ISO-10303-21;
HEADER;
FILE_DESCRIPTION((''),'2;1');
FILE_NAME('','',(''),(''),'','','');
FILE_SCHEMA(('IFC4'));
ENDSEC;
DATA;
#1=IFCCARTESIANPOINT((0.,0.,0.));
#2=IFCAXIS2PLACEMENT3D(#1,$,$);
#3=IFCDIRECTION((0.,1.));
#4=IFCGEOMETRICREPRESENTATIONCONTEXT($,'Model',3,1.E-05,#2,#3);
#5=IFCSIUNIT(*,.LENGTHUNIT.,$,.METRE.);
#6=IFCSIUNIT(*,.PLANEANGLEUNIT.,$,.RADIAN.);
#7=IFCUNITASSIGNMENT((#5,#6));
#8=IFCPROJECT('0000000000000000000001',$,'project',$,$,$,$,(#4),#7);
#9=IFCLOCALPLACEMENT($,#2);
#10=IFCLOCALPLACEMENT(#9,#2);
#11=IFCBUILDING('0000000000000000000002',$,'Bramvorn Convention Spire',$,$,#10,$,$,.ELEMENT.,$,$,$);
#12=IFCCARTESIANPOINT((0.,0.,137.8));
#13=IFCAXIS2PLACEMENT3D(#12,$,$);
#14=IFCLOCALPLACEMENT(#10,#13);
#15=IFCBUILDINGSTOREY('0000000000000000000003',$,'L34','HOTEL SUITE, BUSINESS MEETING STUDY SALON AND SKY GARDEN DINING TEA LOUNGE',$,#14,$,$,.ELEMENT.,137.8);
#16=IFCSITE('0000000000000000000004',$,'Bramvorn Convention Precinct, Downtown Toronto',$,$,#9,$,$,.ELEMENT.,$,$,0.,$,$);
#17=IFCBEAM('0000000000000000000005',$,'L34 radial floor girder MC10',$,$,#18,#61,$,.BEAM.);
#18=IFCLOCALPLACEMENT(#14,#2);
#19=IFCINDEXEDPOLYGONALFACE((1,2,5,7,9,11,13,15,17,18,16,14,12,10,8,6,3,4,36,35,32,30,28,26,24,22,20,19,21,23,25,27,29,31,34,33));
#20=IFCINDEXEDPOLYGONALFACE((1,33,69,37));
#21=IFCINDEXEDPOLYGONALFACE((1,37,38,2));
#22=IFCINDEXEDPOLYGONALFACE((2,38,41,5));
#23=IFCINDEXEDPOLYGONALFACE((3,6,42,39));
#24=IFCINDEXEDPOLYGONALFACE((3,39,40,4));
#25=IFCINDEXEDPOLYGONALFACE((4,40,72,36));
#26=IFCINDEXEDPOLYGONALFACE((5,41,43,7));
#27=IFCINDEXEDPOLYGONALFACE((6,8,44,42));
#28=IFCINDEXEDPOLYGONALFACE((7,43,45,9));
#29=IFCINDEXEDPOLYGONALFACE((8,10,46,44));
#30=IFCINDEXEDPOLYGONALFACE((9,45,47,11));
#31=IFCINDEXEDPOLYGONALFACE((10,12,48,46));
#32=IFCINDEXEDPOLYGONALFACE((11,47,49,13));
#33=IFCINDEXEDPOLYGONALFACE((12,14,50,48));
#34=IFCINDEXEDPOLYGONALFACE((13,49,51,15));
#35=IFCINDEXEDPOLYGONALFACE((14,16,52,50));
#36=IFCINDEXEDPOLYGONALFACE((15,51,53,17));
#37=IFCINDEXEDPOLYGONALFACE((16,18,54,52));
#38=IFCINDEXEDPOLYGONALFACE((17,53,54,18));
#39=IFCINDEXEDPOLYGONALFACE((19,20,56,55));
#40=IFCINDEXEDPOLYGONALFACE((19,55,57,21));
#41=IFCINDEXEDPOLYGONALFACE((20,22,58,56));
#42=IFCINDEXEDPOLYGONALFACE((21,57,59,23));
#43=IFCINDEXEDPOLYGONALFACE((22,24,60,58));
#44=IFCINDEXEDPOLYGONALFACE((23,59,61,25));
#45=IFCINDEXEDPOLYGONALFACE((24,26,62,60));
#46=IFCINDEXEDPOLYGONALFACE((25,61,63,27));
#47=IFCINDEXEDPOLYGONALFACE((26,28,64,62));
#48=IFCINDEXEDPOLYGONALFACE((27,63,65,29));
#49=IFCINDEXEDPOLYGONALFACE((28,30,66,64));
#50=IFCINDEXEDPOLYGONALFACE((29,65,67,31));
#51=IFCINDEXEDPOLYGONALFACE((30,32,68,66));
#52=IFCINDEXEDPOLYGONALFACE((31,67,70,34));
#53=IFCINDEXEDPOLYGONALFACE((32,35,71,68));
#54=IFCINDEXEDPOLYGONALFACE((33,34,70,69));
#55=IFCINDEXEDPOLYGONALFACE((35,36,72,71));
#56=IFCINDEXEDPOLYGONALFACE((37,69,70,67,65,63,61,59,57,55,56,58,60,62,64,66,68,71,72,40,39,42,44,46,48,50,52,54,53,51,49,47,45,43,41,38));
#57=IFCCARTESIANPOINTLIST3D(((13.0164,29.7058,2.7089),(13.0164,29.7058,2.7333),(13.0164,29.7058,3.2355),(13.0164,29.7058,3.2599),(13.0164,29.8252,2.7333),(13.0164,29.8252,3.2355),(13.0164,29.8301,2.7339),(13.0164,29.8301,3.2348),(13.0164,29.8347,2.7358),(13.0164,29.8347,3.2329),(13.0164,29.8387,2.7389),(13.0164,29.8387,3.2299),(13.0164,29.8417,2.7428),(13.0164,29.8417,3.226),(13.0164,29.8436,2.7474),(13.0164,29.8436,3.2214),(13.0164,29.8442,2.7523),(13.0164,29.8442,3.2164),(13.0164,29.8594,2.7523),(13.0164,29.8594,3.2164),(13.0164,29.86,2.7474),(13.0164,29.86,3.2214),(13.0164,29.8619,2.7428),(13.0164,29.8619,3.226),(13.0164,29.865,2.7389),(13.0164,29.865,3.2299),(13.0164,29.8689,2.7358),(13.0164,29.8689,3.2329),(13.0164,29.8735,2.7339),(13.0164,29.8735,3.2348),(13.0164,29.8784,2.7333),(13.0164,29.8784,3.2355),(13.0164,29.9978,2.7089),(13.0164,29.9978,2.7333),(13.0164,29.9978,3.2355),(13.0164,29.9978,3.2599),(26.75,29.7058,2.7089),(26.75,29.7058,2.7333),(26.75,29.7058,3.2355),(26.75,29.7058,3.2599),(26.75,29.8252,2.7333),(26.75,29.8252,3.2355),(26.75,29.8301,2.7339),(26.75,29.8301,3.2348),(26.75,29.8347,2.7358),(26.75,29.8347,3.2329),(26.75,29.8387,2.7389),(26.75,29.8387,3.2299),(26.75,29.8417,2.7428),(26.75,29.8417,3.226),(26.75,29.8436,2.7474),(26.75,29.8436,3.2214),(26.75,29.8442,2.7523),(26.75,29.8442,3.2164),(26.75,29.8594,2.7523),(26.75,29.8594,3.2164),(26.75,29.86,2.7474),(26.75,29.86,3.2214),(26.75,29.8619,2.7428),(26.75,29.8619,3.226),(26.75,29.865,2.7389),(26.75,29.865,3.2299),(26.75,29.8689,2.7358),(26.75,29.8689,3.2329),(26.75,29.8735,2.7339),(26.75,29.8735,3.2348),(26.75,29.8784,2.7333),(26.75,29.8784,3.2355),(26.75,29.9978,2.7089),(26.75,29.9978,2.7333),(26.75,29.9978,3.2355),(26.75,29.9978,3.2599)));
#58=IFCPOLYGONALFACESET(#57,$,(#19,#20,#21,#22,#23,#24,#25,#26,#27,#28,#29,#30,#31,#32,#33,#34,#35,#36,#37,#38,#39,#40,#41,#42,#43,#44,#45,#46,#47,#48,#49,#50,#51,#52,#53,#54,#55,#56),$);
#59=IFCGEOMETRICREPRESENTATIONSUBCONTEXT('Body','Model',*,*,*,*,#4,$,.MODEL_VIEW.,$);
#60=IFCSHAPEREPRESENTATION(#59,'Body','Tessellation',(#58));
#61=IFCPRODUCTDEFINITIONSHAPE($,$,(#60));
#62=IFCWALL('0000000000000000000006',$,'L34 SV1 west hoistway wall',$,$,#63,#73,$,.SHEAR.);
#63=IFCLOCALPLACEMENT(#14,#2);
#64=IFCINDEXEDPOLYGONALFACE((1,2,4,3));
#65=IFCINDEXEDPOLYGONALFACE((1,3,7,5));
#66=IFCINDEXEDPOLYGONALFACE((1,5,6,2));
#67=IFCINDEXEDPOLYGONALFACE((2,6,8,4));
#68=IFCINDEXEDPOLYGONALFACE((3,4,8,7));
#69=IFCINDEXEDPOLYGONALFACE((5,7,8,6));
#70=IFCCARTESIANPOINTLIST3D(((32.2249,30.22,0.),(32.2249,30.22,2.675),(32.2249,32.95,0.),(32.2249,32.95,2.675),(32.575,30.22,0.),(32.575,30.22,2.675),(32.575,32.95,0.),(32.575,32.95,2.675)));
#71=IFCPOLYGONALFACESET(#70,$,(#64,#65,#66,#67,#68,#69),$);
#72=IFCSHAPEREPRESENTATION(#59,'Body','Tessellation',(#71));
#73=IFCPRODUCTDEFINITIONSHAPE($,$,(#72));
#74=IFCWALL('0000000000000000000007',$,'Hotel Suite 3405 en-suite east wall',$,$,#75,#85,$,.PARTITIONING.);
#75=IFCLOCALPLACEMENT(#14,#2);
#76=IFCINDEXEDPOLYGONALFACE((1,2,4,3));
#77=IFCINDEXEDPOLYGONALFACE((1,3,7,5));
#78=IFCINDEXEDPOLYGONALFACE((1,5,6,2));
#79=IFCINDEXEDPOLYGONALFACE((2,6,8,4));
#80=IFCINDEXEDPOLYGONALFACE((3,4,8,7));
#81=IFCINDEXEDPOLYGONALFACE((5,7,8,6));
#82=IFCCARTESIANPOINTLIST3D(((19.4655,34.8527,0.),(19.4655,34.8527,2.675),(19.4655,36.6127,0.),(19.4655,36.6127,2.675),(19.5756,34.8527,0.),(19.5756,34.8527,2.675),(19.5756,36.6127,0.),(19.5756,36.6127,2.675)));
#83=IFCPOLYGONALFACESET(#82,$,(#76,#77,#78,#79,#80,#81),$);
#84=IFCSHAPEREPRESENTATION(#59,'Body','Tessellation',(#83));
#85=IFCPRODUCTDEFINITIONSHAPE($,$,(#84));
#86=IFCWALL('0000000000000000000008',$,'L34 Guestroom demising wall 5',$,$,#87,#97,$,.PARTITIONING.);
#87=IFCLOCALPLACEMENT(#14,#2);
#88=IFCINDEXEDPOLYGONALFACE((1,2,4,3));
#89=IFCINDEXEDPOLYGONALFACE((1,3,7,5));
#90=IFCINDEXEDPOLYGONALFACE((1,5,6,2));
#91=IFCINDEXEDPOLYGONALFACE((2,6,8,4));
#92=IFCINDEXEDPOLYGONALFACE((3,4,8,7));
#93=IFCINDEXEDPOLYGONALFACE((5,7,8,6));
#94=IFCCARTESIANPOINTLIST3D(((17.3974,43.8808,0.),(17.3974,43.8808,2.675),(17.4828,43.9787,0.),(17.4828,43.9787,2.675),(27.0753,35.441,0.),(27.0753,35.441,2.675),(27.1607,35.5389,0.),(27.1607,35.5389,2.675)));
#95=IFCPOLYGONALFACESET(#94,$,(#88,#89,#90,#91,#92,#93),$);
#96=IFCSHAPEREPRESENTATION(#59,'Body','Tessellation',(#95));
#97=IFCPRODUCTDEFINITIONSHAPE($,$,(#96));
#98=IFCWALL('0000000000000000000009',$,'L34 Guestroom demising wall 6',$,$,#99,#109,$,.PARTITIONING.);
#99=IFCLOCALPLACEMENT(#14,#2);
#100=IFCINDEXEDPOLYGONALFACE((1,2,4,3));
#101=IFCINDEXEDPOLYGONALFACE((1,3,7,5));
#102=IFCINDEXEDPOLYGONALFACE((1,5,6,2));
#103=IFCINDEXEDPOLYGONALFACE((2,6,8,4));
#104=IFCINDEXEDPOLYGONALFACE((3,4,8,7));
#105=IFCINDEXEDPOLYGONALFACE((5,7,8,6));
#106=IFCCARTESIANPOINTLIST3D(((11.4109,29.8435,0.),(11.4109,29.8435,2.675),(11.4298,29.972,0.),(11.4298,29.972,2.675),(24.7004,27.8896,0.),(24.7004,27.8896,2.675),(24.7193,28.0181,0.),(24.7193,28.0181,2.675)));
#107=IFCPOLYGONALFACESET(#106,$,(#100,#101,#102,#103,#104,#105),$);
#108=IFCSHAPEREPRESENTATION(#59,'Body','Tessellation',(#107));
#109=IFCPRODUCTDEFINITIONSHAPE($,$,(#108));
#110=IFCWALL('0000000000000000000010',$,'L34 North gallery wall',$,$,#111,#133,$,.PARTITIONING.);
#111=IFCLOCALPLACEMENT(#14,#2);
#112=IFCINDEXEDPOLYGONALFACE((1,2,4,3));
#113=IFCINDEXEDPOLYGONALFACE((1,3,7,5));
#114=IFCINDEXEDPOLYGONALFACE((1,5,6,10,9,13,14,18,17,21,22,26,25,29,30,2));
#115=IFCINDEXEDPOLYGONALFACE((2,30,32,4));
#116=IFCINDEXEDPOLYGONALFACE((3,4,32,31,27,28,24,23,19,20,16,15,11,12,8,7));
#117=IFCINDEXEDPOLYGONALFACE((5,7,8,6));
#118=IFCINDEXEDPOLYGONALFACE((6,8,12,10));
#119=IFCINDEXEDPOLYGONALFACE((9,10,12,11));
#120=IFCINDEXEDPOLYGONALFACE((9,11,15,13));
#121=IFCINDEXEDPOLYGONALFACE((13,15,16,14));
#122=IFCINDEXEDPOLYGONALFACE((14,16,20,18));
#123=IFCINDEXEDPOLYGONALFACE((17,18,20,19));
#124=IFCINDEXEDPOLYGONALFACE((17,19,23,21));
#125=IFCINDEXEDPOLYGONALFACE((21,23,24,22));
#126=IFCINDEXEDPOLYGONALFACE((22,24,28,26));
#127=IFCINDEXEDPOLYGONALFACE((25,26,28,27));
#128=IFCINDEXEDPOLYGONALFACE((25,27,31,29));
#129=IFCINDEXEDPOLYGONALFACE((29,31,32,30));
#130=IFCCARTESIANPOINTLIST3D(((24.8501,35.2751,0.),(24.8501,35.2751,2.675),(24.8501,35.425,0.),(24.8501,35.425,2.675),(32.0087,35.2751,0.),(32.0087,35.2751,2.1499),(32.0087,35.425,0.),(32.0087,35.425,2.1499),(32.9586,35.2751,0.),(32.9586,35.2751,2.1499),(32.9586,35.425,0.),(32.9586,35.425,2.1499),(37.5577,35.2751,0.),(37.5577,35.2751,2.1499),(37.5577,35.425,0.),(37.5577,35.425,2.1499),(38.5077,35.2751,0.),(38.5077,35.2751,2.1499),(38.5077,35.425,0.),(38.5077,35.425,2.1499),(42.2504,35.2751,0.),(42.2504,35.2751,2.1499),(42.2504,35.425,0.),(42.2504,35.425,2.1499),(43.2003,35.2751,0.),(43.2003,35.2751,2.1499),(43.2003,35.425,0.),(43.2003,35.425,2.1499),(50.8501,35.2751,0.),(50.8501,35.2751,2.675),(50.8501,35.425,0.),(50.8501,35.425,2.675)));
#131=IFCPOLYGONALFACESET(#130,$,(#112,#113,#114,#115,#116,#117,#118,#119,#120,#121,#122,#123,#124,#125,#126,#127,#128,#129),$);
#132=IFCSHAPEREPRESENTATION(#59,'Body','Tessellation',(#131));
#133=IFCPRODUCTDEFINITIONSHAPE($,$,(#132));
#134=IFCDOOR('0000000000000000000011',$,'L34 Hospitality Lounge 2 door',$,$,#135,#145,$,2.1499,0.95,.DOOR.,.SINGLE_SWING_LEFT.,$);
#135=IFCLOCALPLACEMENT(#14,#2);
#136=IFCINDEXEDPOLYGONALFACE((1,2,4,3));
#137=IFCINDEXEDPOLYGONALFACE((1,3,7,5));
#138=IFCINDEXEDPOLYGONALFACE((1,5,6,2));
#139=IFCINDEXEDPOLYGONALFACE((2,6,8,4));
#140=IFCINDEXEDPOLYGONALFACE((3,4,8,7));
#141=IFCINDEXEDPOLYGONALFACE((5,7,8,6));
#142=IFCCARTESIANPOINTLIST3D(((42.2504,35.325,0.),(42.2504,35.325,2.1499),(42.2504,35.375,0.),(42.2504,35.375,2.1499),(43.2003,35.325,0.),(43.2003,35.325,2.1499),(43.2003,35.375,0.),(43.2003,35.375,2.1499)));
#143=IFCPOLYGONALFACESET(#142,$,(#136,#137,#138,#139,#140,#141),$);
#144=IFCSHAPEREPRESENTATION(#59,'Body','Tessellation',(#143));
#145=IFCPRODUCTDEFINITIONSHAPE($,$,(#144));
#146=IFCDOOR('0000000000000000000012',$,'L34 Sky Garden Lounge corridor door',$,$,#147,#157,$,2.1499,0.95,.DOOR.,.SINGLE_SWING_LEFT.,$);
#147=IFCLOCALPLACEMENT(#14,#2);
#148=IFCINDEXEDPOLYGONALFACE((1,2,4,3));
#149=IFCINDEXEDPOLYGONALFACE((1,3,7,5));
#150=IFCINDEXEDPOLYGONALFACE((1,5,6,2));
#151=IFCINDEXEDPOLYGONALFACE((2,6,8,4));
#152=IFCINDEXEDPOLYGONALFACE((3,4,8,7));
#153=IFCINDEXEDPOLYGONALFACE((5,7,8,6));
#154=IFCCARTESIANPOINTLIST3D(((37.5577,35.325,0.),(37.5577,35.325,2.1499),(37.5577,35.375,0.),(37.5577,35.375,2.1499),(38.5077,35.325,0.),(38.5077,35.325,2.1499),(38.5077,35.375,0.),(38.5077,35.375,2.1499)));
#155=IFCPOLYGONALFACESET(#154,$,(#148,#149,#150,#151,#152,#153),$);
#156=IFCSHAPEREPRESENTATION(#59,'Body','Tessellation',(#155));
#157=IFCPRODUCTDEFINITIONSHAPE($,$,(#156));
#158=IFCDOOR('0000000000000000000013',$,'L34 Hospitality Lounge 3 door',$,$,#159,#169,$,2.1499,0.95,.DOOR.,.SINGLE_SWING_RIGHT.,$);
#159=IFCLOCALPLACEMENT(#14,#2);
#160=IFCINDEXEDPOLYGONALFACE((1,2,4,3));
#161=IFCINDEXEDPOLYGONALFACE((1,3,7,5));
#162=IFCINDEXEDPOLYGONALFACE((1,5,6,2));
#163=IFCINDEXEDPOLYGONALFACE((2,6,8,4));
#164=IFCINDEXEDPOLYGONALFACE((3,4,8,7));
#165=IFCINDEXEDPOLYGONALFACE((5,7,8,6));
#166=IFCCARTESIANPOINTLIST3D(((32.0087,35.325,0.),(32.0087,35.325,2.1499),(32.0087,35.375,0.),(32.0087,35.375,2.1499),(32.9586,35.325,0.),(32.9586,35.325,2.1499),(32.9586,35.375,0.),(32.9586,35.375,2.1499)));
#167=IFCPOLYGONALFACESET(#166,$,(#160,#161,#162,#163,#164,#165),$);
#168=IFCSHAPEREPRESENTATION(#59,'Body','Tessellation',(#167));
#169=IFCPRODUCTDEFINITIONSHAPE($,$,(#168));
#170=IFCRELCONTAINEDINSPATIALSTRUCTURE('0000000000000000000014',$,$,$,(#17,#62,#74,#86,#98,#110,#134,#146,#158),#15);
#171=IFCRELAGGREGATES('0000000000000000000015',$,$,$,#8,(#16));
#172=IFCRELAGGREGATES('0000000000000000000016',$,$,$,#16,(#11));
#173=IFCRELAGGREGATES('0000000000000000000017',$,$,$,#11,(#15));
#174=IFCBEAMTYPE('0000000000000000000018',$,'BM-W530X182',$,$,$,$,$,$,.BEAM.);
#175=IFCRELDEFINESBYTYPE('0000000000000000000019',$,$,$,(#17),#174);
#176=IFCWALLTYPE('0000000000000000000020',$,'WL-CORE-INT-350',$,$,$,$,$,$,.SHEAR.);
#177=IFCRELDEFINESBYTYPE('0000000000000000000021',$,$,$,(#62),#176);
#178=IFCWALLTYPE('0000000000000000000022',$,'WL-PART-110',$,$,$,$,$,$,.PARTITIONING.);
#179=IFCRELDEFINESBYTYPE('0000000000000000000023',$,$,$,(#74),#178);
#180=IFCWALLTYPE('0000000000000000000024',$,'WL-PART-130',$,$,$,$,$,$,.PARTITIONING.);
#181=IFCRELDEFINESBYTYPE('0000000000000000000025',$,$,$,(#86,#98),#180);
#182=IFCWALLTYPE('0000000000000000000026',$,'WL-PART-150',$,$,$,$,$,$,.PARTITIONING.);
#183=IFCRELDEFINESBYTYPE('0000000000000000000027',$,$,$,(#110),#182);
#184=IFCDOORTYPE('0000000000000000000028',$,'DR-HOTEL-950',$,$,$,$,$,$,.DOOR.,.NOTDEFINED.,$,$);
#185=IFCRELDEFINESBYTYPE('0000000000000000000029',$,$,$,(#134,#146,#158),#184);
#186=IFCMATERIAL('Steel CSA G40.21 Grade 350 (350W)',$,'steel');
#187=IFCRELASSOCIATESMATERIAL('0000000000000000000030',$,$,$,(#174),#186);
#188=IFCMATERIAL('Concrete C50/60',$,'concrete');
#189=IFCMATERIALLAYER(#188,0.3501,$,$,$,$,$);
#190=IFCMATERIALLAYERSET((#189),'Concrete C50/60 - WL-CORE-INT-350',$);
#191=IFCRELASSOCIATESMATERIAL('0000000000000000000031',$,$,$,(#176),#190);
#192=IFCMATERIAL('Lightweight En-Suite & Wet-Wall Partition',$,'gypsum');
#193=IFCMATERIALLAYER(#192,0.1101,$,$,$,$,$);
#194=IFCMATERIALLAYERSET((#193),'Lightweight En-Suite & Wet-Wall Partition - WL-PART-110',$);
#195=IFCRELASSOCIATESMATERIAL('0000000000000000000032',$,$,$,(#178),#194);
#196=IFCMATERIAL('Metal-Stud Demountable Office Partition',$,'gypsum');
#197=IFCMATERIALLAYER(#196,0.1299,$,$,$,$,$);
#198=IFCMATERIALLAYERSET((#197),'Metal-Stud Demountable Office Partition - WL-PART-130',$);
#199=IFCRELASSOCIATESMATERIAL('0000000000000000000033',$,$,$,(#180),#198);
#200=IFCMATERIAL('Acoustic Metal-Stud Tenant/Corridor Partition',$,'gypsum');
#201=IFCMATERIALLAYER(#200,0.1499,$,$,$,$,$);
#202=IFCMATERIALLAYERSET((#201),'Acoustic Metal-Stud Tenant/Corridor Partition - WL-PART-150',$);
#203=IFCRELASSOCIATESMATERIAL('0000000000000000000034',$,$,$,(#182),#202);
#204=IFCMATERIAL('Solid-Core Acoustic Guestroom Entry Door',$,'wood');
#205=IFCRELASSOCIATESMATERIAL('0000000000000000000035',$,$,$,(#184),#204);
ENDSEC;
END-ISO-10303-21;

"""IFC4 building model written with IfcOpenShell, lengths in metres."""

from ifc_helpers import new_model, si_unit, direction, frame, frame_2d, origin, origin_2d, place, context, subcontext, project, spatial, rectangle, i_section, extrude, material, layer, layer_set, material_profile, profile_set, type_object, element, fill, save


model = new_model("IFC4")

# Units and contexts
model_context = context("Model", 3, precision=1e-05, world=origin(), true_north=direction((0.0, 1.0)))
body_context = subcontext(model_context, "Body", "Model", "MODEL_VIEW")
ifc_project = project(units=[si_unit("LENGTHUNIT", "METRE"), si_unit("PLANEANGLEUNIT", "RADIAN")], contexts=[model_context])

# Site, building, storey
site_placement = place(None, origin())
site = spatial("IfcSite", under=ifc_project, at=site_placement, Name="Bramvorn Convention Precinct, Downtown Toronto", CompositionType="ELEMENT", RefElevation=0.0)
building_placement = place(site_placement, origin())
building = spatial("IfcBuilding", under=site, at=building_placement, Name="Bramvorn Convention Spire", CompositionType="ELEMENT")
storey_placement = place(building_placement, frame((0.0, 0.0, 137.8)))
storey = spatial("IfcBuildingStorey", under=building, at=storey_placement, Name="L34", Description="HOTEL SUITE, BUSINESS MEETING STUDY SALON AND SKY GARDEN DINING TEA LOUNGE", CompositionType="ELEMENT", Elevation=137.8)

# Shared definitions
ifc_material_1 = material(Name="Steel CSA G40.21 Grade 350 (350W)", Category="steel")

# Beam
ifc_material_profile_1 = material_profile(ifc_material_1, i_section(OverallWidth=0.292, OverallDepth=0.551, WebThickness=0.0151, FlangeThickness=0.0244, FilletRadius=0.019, at=origin_2d()))
ifc_profile_set_1 = profile_set([ifc_material_profile_1], Name="Steel CSA G40.21 Grade 350 (350W) - W530X182")
beam_type_1 = type_object("IfcBeamType", Name="BM-W530X182", PredefinedType="BEAM", material=ifc_profile_set_1)
beam_1_placement = place(storey_placement, frame((26.75, 29.8518, 2.9844), z_axis=(-1.0, 0.0, 0.0), x_axis=(0.0, -1.0, 0.0)))
element("IfcBeam", 1, at=beam_1_placement, inside=storey, type_object=beam_type_1, Name="L34 radial floor girder MC10", PredefinedType="BEAM", context=body_context, shape_type="SweptSolid", body=[
    extrude(i_section(OverallWidth=0.292, OverallDepth=0.551, WebThickness=0.0151, FlangeThickness=0.0244, FilletRadius=0.019, at=origin_2d()), origin(), (0.0, 0.0, 1.0), 13.7336),
])

# Shared definitions
ifc_material_2 = material(Name="Concrete C50/60", Category="concrete")
ifc_layer_1 = layer(ifc_material_2, 0.3501)
ifc_layer_set_1 = layer_set([ifc_layer_1], Name="Concrete C50/60 - WL-CORE-INT-350")
wall_type_1 = type_object("IfcWallType", Name="WL-CORE-INT-350", PredefinedType="SHEAR", material=ifc_layer_set_1)

# Walls
wall_1_placement = place(storey_placement, frame((32.3999, 30.22, 0.0), z_axis=(0.0, 0.0, 1.0), x_axis=(0.0, 1.0, 0.0)))
element("IfcWall", 2, at=wall_1_placement, inside=storey, type_object=wall_type_1, Name="L34 SV1 west hoistway wall", PredefinedType="SHEAR", context=body_context, shape_type="SweptSolid", body=[
    extrude(rectangle(XDim=2.73, YDim=0.3501, at=frame_2d((1.365, 0.0))), origin(), (0.0, 0.0, 1.0), 2.675),
])
ifc_material_3 = material(Name="Lightweight En-Suite & Wet-Wall Partition", Category="gypsum")
ifc_layer_2 = layer(ifc_material_3, 0.1101)
ifc_layer_set_2 = layer_set([ifc_layer_2], Name="Lightweight En-Suite & Wet-Wall Partition - WL-PART-110")
wall_type_2 = type_object("IfcWallType", Name="WL-PART-110", PredefinedType="PARTITIONING", material=ifc_layer_set_2)
wall_2_placement = place(storey_placement, frame((19.5205, 34.8528, 0.0), z_axis=(0.0, 0.0, 1.0), x_axis=(0.0, 1.0, 0.0)))
element("IfcWall", 3, at=wall_2_placement, inside=storey, type_object=wall_type_2, Name="Hotel Suite 3405 en-suite east wall", PredefinedType="PARTITIONING", context=body_context, shape_type="SweptSolid", body=[
    extrude(rectangle(XDim=1.76, YDim=0.1101, at=frame_2d((0.8799, 0.0))), origin(), (0.0, 0.0, 1.0), 2.675),
])
ifc_material_4 = material(Name="Metal-Stud Demountable Office Partition", Category="gypsum")
ifc_layer_3 = layer(ifc_material_4, 0.1299)
ifc_layer_set_3 = layer_set([ifc_layer_3], Name="Metal-Stud Demountable Office Partition - WL-PART-130")
wall_type_3 = type_object("IfcWallType", Name="WL-PART-130", PredefinedType="PARTITIONING", material=ifc_layer_set_3)
wall_3_placement = place(storey_placement, frame((27.1179, 35.49, 0.0), z_axis=(0.0, 0.0, 1.0), x_axis=(-0.753667, 0.657256, 0.0)))
element("IfcWall", 4, at=wall_3_placement, inside=storey, type_object=wall_type_3, Name="L34 Guestroom demising wall 5", PredefinedType="PARTITIONING", context=body_context, shape_type="SweptSolid", body=[
    extrude(rectangle(XDim=12.8411, YDim=0.1299, at=frame_2d((6.4204, 0.0))), origin(), (0.0, 0.0, 1.0), 2.675),
])
wall_4_placement = place(storey_placement, frame((24.71, 27.9539, 0.0), z_axis=(0.0, 0.0, 1.0), x_axis=(-0.989364, 0.145458, 0.0)))
element("IfcWall", 5, at=wall_4_placement, inside=storey, type_object=wall_type_3, Name="L34 Guestroom demising wall 6", PredefinedType="PARTITIONING", context=body_context, shape_type="SweptSolid", body=[
    extrude(rectangle(XDim=13.4324, YDim=0.1299, at=frame_2d((6.7163, 0.0))), origin(), (0.0, 0.0, 1.0), 2.675),
])

# Wall, openings, doors
ifc_material_5 = material(Name="Acoustic Metal-Stud Tenant/Corridor Partition", Category="gypsum")
ifc_layer_4 = layer(ifc_material_5, 0.1499)
ifc_layer_set_4 = layer_set([ifc_layer_4], Name="Acoustic Metal-Stud Tenant/Corridor Partition - WL-PART-150")
wall_type_4 = type_object("IfcWallType", Name="WL-PART-150", PredefinedType="PARTITIONING", material=ifc_layer_set_4)
wall_5_placement = place(storey_placement, frame((24.8501, 35.3501, 0.0), z_axis=(0.0, 0.0, 1.0), x_axis=(1.0, 0.0, 0.0)))
wall_5 = element("IfcWall", 6, at=wall_5_placement, inside=storey, type_object=wall_type_4, Name="L34 North gallery wall", PredefinedType="PARTITIONING", context=body_context, shape_type="SweptSolid", body=[
    extrude(rectangle(XDim=26.0, YDim=0.1499, at=frame_2d((13.0, 0.0))), origin(), (0.0, 0.0, 1.0), 2.675),
])
opening_1_placement = place(wall_5_placement, frame((17.4001, 0.0, 0.0)))
opening_1 = element("IfcOpeningElement", 7, at=opening_1_placement, cuts=wall_5, PredefinedType="OPENING", context=body_context, shape_type="SweptSolid", body=[
    extrude(rectangle(XDim=0.95, YDim=2.1499, at=frame_2d((0.4751, 1.075))), frame((0.0, 0.085, 0.0), z_axis=(0.0, -1.0, 0.0), x_axis=(1.0, 0.0, 0.0)), (0.0, 0.0, 1.0), 0.1699),
])
opening_2_placement = place(wall_5_placement, frame((12.7075, 0.0, 0.0)))
opening_2 = element("IfcOpeningElement", 8, at=opening_2_placement, cuts=wall_5, PredefinedType="OPENING", context=body_context, shape_type="SweptSolid", body=[
    extrude(rectangle(XDim=0.95, YDim=2.1499, at=frame_2d((0.4751, 1.075))), frame((0.0, 0.085, 0.0), z_axis=(0.0, -1.0, 0.0), x_axis=(1.0, 0.0, 0.0)), (0.0, 0.0, 1.0), 0.1699),
])
opening_3_placement = place(wall_5_placement, frame((7.1584, 0.0, 0.0)))
opening_3 = element("IfcOpeningElement", 9, at=opening_3_placement, cuts=wall_5, PredefinedType="OPENING", context=body_context, shape_type="SweptSolid", body=[
    extrude(rectangle(XDim=0.95, YDim=2.1499, at=frame_2d((0.4751, 1.075))), frame((0.0, 0.085, 0.0), z_axis=(0.0, -1.0, 0.0), x_axis=(1.0, 0.0, 0.0)), (0.0, 0.0, 1.0), 0.1699),
])
ifc_material_6 = material(Name="Solid-Core Acoustic Guestroom Entry Door", Category="wood")
door_type_1 = type_object("IfcDoorType", Name="DR-HOTEL-950", OperationType="NOTDEFINED", PredefinedType="DOOR", material=ifc_material_6)
door_1_placement = place(opening_1_placement, origin())
door_1 = element("IfcDoor", 10, at=door_1_placement, inside=storey, type_object=door_type_1, Name="L34 Hospitality Lounge 2 door", OperationType="SINGLE_SWING_LEFT", OverallHeight=2.1499, OverallWidth=0.95, PredefinedType="DOOR", context=body_context, shape_type="SweptSolid", body=[
    extrude(rectangle(XDim=0.95, YDim=2.1499, at=frame_2d((0.4751, 1.075))), frame((0.0, 0.0249, 0.0), z_axis=(0.0, -1.0, 0.0), x_axis=(1.0, 0.0, 0.0)), (0.0, 0.0, 1.0), 0.05),
])
fill(opening_1, door_1)
door_2_placement = place(opening_2_placement, origin())
door_2 = element("IfcDoor", 11, at=door_2_placement, inside=storey, type_object=door_type_1, Name="L34 Sky Garden Lounge corridor door", OperationType="SINGLE_SWING_LEFT", OverallHeight=2.1499, OverallWidth=0.95, PredefinedType="DOOR", context=body_context, shape_type="SweptSolid", body=[
    extrude(rectangle(XDim=0.95, YDim=2.1499, at=frame_2d((0.4751, 1.075))), frame((0.0, 0.0249, 0.0), z_axis=(0.0, -1.0, 0.0), x_axis=(1.0, 0.0, 0.0)), (0.0, 0.0, 1.0), 0.05),
])
fill(opening_2, door_2)
door_3_placement = place(opening_3_placement, origin())
door_3 = element("IfcDoor", 12, at=door_3_placement, inside=storey, type_object=door_type_1, Name="L34 Hospitality Lounge 3 door", OperationType="SINGLE_SWING_RIGHT", OverallHeight=2.1499, OverallWidth=0.95, PredefinedType="DOOR", context=body_context, shape_type="SweptSolid", body=[
    extrude(rectangle(XDim=0.95, YDim=2.1499, at=frame_2d((0.4751, 1.075))), frame((0.0, 0.0249, 0.0), z_axis=(0.0, -1.0, 0.0), x_axis=(1.0, 0.0, 0.0)), (0.0, 0.0, 1.0), 0.05),
])
fill(opening_3, door_3)

save(model, "model.ifc")
